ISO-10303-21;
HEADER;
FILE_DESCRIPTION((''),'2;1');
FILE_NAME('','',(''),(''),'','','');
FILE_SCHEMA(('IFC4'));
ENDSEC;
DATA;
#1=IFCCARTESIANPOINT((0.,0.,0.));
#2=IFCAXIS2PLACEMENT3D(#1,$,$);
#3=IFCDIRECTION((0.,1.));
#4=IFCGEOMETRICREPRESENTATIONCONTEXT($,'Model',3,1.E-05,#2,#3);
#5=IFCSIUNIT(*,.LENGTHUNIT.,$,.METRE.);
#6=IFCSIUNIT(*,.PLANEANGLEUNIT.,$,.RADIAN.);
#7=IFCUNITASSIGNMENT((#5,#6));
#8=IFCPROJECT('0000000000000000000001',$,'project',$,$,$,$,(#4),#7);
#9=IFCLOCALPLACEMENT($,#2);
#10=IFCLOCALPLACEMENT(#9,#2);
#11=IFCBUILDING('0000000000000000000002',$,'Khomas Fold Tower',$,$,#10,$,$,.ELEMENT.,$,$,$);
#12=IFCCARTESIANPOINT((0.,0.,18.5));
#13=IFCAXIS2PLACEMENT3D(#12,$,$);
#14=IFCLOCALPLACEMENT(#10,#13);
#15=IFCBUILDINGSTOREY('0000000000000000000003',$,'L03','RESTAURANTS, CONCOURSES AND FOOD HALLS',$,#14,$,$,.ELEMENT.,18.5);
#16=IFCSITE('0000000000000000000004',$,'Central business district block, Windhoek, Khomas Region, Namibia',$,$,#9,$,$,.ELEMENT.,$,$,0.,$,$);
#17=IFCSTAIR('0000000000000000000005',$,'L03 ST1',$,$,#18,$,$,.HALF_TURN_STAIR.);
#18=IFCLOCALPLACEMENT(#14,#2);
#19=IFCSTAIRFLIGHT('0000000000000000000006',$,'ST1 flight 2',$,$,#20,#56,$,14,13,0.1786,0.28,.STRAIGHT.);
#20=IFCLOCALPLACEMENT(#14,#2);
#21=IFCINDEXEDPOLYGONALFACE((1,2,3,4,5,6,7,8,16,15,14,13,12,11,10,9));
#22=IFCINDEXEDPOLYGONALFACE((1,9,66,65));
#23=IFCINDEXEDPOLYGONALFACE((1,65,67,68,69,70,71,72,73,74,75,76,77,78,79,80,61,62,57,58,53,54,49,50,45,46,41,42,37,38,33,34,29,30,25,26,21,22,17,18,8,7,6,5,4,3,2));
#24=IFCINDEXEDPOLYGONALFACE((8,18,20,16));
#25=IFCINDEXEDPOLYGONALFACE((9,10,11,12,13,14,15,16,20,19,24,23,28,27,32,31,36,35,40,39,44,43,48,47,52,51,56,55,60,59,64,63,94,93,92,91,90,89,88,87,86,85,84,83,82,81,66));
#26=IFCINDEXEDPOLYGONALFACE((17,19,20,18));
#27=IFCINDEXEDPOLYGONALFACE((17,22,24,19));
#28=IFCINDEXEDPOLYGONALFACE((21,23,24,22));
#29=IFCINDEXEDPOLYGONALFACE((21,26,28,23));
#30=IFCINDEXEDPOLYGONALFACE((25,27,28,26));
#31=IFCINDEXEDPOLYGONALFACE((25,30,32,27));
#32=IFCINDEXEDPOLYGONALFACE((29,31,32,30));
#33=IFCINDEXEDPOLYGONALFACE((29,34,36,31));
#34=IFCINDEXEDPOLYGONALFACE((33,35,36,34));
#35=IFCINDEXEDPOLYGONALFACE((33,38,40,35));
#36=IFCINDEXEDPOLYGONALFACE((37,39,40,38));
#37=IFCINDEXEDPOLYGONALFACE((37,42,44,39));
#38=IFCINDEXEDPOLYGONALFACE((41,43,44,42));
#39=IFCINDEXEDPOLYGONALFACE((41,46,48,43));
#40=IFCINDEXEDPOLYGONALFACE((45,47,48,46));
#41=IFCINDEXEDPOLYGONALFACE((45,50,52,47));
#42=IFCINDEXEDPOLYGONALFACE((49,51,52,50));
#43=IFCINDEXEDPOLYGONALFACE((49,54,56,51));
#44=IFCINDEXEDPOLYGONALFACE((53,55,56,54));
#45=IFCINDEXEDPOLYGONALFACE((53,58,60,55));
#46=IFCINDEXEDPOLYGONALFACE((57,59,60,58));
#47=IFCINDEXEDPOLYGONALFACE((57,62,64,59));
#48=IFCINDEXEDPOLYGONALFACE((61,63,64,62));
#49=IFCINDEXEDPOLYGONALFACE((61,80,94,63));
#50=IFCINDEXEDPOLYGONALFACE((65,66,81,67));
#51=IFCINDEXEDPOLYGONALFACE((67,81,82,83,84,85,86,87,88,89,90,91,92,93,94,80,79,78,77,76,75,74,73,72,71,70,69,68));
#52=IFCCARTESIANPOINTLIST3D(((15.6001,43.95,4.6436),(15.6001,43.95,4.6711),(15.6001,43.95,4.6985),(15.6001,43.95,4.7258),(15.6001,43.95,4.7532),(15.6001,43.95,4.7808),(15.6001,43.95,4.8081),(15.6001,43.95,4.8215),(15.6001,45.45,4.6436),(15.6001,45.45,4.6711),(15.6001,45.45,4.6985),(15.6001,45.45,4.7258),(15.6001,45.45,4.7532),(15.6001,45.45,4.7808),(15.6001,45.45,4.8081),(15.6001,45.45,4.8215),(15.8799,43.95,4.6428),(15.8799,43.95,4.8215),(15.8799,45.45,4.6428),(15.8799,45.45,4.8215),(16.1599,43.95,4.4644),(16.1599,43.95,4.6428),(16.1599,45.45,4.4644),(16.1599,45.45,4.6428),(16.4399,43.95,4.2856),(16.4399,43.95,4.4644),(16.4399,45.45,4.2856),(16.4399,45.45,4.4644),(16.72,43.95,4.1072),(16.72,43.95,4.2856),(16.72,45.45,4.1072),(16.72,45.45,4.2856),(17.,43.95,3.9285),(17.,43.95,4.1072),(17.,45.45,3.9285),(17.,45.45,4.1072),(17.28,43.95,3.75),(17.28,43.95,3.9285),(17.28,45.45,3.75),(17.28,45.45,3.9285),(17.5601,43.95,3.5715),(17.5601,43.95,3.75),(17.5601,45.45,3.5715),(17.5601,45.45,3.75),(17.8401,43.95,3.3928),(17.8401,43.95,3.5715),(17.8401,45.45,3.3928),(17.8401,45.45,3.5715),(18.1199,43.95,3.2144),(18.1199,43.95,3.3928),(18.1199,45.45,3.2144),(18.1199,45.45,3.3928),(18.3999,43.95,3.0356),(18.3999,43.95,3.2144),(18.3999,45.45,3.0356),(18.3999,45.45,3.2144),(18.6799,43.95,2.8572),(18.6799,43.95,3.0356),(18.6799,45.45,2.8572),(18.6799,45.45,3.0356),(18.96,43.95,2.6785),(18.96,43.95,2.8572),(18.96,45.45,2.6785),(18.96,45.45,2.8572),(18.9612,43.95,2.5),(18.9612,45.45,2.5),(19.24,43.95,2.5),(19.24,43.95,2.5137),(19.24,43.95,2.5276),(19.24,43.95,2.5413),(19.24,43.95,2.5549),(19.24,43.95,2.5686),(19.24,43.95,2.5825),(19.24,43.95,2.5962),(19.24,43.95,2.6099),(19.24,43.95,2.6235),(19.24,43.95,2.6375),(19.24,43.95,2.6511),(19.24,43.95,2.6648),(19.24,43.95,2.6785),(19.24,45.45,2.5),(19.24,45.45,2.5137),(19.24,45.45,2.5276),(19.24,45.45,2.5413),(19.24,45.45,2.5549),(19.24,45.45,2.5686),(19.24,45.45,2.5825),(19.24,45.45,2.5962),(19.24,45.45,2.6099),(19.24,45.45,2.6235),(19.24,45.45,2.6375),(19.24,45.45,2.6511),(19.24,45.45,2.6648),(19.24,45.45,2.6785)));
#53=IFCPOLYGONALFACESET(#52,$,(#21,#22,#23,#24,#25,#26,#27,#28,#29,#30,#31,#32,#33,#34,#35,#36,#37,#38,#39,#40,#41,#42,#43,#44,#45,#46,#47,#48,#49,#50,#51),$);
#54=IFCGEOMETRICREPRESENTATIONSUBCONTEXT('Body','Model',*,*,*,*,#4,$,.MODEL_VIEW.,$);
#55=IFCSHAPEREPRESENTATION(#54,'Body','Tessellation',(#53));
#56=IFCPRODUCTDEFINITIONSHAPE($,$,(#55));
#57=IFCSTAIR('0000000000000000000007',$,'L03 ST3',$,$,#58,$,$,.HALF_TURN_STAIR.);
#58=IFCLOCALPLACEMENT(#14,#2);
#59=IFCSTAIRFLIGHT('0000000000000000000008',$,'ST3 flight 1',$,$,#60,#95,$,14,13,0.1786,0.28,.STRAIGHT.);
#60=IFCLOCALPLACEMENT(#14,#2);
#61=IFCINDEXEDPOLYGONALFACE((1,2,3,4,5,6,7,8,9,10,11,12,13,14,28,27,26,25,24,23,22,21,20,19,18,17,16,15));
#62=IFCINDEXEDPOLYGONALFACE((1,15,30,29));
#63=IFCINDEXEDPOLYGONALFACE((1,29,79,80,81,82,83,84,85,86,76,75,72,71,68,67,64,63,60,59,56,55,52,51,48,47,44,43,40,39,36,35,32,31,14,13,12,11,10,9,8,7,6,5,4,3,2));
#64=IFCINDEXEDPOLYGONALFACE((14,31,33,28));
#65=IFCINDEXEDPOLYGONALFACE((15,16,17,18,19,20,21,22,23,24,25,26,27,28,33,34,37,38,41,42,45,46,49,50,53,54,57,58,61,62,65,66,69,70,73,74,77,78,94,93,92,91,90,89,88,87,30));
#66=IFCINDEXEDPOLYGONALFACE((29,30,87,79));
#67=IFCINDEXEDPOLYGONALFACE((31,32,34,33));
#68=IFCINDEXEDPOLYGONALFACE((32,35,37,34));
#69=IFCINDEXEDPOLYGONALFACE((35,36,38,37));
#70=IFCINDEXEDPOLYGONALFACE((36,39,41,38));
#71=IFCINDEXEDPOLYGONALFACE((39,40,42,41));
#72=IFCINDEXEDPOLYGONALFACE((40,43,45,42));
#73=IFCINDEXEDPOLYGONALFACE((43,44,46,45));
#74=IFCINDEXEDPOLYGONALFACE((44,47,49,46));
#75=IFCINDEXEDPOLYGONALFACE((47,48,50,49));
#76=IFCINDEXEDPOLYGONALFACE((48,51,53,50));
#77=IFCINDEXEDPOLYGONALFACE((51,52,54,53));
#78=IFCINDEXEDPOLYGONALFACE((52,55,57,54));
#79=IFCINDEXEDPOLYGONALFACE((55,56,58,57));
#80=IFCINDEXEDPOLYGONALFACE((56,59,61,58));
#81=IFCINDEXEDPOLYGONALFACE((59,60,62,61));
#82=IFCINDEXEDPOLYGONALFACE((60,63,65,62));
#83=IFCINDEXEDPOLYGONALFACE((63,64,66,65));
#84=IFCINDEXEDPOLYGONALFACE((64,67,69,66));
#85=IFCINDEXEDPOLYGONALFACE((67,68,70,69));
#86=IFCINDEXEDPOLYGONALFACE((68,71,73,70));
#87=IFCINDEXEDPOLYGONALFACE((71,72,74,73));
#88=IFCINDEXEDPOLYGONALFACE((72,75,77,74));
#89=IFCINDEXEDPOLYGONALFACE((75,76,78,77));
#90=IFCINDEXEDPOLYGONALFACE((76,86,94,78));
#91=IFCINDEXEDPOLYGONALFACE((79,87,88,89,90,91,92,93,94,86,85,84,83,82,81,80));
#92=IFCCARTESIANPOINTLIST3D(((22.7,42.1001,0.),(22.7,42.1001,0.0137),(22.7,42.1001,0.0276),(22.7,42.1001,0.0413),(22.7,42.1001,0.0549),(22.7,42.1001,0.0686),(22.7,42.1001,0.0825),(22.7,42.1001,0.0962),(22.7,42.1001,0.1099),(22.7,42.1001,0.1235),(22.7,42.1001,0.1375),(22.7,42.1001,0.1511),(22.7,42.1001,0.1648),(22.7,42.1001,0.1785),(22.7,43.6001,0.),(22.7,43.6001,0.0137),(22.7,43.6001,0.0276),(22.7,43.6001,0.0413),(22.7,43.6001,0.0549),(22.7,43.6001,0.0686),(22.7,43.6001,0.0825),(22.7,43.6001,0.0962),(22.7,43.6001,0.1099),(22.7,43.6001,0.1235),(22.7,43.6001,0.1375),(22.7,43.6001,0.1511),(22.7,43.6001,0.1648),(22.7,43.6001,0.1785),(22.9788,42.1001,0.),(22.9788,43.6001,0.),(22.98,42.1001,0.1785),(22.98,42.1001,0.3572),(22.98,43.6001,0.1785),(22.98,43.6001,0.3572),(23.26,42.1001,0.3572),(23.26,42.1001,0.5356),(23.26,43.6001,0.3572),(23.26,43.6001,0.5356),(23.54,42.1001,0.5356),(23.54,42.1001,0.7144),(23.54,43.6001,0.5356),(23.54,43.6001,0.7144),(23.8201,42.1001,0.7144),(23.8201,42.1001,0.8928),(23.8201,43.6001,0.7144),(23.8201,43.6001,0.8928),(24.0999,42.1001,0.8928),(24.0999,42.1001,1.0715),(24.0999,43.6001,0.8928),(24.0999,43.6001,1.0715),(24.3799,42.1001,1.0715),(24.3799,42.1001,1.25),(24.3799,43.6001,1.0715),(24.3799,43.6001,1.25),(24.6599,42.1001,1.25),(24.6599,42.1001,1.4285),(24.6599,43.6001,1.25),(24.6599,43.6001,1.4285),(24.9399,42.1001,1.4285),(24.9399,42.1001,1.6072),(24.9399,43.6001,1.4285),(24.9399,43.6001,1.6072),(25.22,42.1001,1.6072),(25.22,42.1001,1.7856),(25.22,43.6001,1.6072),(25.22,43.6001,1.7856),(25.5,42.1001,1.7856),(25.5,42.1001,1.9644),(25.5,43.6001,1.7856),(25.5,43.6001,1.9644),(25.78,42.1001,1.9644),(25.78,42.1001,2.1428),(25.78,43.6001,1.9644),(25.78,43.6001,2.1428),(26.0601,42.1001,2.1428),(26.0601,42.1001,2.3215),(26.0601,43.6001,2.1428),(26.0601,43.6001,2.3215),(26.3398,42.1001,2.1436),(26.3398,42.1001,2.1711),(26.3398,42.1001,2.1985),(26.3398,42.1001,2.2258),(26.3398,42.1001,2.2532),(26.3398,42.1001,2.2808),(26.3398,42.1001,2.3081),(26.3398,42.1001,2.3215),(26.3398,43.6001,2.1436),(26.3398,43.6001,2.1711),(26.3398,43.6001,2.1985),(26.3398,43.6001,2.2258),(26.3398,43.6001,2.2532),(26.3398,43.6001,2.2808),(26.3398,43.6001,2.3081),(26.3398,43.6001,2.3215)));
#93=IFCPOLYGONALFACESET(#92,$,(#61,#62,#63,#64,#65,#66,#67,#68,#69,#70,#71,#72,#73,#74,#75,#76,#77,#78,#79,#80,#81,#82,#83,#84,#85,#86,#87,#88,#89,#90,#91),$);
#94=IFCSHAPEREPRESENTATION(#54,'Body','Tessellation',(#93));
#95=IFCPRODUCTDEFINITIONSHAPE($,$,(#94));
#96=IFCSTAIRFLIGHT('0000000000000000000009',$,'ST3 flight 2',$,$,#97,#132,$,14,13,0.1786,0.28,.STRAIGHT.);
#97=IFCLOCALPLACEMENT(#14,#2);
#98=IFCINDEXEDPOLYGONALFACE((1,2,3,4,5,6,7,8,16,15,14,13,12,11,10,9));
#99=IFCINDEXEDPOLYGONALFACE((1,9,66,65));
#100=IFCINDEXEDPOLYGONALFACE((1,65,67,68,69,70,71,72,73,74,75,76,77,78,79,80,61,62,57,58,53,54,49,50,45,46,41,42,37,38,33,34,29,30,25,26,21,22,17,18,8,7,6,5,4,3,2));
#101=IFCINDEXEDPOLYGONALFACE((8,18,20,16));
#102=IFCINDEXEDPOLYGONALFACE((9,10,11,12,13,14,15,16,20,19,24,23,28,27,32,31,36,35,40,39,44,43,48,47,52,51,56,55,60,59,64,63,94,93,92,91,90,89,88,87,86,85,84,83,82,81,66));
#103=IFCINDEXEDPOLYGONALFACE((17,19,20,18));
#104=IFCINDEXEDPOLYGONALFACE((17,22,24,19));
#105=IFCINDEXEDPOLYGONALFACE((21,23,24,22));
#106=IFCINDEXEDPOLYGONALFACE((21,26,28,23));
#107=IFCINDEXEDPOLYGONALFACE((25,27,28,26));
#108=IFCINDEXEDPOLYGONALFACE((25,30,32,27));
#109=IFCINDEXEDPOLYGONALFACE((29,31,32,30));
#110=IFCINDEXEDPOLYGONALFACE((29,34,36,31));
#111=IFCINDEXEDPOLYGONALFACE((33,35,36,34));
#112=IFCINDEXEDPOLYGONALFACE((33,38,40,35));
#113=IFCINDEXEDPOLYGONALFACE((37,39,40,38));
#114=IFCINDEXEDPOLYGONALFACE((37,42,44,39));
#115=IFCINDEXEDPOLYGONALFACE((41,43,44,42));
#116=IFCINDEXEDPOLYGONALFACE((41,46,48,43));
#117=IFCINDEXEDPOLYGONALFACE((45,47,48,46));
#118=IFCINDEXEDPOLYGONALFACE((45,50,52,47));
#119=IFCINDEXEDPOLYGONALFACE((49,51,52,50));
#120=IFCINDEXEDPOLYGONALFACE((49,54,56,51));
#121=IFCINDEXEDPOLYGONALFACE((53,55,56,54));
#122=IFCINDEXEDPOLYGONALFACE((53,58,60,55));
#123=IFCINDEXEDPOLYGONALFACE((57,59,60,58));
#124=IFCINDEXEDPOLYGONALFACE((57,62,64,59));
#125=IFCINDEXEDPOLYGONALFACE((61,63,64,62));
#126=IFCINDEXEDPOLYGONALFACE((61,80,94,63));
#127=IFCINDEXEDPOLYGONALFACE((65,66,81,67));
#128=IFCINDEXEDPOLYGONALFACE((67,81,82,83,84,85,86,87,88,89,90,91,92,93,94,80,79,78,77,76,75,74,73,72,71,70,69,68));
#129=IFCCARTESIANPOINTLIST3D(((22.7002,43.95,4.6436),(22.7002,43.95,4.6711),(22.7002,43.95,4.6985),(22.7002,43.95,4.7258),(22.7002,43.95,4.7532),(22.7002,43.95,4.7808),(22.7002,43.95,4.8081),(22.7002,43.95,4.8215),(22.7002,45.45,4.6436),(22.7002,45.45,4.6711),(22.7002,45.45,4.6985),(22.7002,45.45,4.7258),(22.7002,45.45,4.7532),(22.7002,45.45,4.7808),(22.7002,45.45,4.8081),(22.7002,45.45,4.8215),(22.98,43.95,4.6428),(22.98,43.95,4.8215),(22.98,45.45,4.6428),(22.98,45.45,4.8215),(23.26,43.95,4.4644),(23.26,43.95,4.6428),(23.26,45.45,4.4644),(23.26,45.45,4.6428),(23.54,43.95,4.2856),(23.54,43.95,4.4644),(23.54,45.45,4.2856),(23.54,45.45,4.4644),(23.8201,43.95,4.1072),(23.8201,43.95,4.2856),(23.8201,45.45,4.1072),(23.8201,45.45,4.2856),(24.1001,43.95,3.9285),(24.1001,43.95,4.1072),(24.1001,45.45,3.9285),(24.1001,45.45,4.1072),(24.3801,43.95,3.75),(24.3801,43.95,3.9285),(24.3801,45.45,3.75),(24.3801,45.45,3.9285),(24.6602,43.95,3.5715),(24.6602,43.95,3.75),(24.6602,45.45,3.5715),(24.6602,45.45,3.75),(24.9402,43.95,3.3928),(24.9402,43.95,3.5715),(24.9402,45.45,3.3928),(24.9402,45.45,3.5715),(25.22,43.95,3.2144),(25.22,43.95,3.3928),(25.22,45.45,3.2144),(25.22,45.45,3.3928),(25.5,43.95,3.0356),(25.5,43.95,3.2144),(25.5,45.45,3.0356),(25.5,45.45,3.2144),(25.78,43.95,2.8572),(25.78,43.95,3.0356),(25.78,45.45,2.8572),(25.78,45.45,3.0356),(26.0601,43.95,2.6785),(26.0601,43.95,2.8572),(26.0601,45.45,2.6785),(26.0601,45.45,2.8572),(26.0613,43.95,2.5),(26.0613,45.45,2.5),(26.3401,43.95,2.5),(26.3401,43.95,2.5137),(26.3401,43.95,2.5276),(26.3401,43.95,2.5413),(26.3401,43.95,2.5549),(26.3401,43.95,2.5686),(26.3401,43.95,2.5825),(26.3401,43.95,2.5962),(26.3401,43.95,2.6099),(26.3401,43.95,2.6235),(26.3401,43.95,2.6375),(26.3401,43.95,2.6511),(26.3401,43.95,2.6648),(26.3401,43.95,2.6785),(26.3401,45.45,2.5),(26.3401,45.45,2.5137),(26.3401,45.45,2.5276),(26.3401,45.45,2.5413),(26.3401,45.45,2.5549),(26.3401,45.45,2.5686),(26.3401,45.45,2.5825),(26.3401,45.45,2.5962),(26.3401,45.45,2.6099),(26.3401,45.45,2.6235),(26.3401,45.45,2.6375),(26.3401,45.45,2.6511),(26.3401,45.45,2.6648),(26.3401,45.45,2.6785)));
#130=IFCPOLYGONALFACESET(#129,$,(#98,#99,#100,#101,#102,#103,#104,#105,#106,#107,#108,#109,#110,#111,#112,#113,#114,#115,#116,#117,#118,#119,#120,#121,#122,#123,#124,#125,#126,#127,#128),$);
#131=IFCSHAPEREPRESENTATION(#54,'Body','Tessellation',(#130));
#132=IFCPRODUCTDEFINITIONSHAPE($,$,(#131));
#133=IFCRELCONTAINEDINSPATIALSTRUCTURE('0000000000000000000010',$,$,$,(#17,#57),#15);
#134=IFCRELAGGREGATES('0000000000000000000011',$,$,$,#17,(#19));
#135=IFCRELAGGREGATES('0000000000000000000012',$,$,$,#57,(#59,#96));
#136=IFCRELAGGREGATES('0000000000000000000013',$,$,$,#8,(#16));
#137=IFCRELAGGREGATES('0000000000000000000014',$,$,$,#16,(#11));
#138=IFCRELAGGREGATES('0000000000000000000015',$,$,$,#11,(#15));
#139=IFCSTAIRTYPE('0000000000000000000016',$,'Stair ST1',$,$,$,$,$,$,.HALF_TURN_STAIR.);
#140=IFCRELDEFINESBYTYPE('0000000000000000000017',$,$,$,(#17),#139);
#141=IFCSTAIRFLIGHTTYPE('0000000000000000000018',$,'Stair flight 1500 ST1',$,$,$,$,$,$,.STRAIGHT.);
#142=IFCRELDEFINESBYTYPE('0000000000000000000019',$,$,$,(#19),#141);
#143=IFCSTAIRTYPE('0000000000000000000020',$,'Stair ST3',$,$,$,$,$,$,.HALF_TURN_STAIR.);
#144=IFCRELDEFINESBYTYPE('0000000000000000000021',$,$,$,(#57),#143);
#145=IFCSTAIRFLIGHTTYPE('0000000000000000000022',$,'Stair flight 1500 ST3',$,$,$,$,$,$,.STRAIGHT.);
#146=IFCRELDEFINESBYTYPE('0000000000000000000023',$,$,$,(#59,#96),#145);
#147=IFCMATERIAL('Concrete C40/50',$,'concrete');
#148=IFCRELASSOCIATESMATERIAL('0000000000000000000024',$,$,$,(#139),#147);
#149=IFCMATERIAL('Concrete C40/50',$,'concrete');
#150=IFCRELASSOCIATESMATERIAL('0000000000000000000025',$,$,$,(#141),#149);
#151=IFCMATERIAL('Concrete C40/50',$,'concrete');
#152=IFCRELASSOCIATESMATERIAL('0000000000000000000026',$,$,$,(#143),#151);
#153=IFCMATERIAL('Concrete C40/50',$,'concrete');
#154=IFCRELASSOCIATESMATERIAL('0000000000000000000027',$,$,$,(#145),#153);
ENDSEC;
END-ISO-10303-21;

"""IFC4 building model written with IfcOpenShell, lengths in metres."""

from ifc_helpers import new_model, si_unit, direction, frame, origin, place, context, subcontext, project, spatial, polyline, outline, extrude, source, transform, mapped, material, type_object, element, aggregate, save


model = new_model("IFC4")

# Units and contexts
model_context = context("Model", 3, precision=1e-05, world=origin(), true_north=direction((0.0, 1.0)))
body_context = subcontext(model_context, "Body", "Model", "MODEL_VIEW")
ifc_project = project(units=[si_unit("LENGTHUNIT", "METRE"), si_unit("PLANEANGLEUNIT", "RADIAN")], contexts=[model_context])

# Site, building, storey
site_placement = place(None, origin())
site = spatial("IfcSite", under=ifc_project, at=site_placement, Name="Central business district block, Windhoek, Khomas Region, Namibia", CompositionType="ELEMENT", RefElevation=0.0)
building_placement = place(site_placement, origin())
building = spatial("IfcBuilding", under=site, at=building_placement, Name="Khomas Fold Tower", CompositionType="ELEMENT")
storey_placement = place(building_placement, frame((0.0, 0.0, 18.5)))
storey = spatial("IfcBuildingStorey", under=building, at=storey_placement, Name="L03", Description="RESTAURANTS, CONCOURSES AND FOOD HALLS", CompositionType="ELEMENT", Elevation=18.5)

# Stair, stair flight
ifc_material_1 = material(Name="Concrete C40/50", Category="concrete")
stair_type_1 = type_object("IfcStairType", Name="Stair ST1", PredefinedType="HALF_TURN_STAIR", material=ifc_material_1)
stair_1_placement = place(storey_placement, origin())
stair_1 = element("IfcStair", 1, at=stair_1_placement, inside=storey, type_object=stair_type_1, Name="L03 ST1", PredefinedType="HALF_TURN_STAIR")
ifc_material_2 = material(Name="Concrete C40/50", Category="concrete")
stair_flight_type_1 = type_object("IfcStairFlightType", Name="Stair flight 1500 ST1", PredefinedType="STRAIGHT", material=ifc_material_2)
shared_shape_1 = source(origin(), body_context, "Body", "SweptSolid", [
    extrude(outline(polyline([(0.0, 0.0), (0.0, 0.0137), (0.0, 0.0276), (0.0, 0.0413), (0.0, 0.0549), (0.0, 0.0686), (0.0, 0.0825), (0.0, 0.0962), (0.0, 0.1099), (0.0, 0.1235), (0.0, 0.1375), (0.0, 0.1511), (0.0, 0.1648), (0.0, 0.1785), (0.28, 0.1785), (0.28, 0.3572), (0.5601, 0.3572), (0.5601, 0.5356), (0.8401, 0.5356), (0.8401, 0.7144), (1.1201, 0.7144), (1.1201, 0.8928), (1.3999, 0.8928), (1.3999, 1.0715), (1.6799, 1.0715), (1.6799, 1.25), (1.96, 1.25), (1.96, 1.4285), (2.24, 1.4285), (2.24, 1.6072), (2.52, 1.6072), (2.52, 1.7856), (2.8, 1.7856), (2.8, 1.9644), (3.0801, 1.9644), (3.0801, 2.1428), (3.3601, 2.1428), (3.3601, 2.3215), (3.6399, 2.3215), (3.6399, 2.5), (3.6399, 2.4727), (3.6399, 2.4451), (3.6399, 2.4177), (3.6399, 2.3904), (3.6399, 2.363), (3.6399, 2.3354), (3.6399, 2.3081), (3.6399, 2.2808), (3.6399, 2.2532), (3.6399, 2.2258), (3.6399, 2.1985), (3.6399, 2.1711), (3.6399, 2.1436), (0.2788, 0.0), (0.0, 0.0)])), frame((0.0, 0.75, 0.0), z_axis=(0.0, -1.0, 0.0), x_axis=(1.0, 0.0, 0.0)), (0.0, 0.0, 1.0), 1.5),
])
stair_flight_1_placement = place(storey_placement, frame((19.24, 44.7, 2.5), z_axis=(0.0, 0.0, 1.0), x_axis=(-1.0, 0.0, 0.0)))
stair_flight_1 = element("IfcStairFlight", 2, at=stair_flight_1_placement, type_object=stair_flight_type_1, Name="ST1 flight 2", NumberOfRisers=14, NumberOfTreads=13, PredefinedType="STRAIGHT", RiserHeight=0.1786, TreadLength=0.28, context=body_context, shape_type="MappedRepresentation", body=[
    mapped(shared_shape_1, transform((0.0, 0.0, 0.0))),
])
aggregate(stair_1, [stair_flight_1])

# Stair, stair flights
ifc_material_3 = material(Name="Concrete C40/50", Category="concrete")
stair_type_2 = type_object("IfcStairType", Name="Stair ST3", PredefinedType="HALF_TURN_STAIR", material=ifc_material_3)
stair_2_placement = place(storey_placement, origin())
stair_2 = element("IfcStair", 3, at=stair_2_placement, inside=storey, type_object=stair_type_2, Name="L03 ST3", PredefinedType="HALF_TURN_STAIR")
ifc_material_4 = material(Name="Concrete C40/50", Category="concrete")
stair_flight_type_2 = type_object("IfcStairFlightType", Name="Stair flight 1500 ST3", PredefinedType="STRAIGHT", material=ifc_material_4)
stair_flight_2_placement = place(storey_placement, frame((22.7, 42.8501, 0.0), z_axis=(0.0, 0.0, 1.0), x_axis=(1.0, 0.0, 0.0)))
stair_flight_2 = element("IfcStairFlight", 4, at=stair_flight_2_placement, type_object=stair_flight_type_2, Name="ST3 flight 1", NumberOfRisers=14, NumberOfTreads=13, PredefinedType="STRAIGHT", RiserHeight=0.1786, TreadLength=0.28, context=body_context, shape_type="MappedRepresentation", body=[
    mapped(shared_shape_1, transform((0.0, 0.0, 0.0))),
])
stair_flight_3_placement = place(storey_placement, frame((26.3401, 44.7, 2.5), z_axis=(0.0, 0.0, 1.0), x_axis=(-1.0, 0.0, 0.0)))
stair_flight_3 = element("IfcStairFlight", 5, at=stair_flight_3_placement, type_object=stair_flight_type_2, Name="ST3 flight 2", NumberOfRisers=14, NumberOfTreads=13, PredefinedType="STRAIGHT", RiserHeight=0.1786, TreadLength=0.28, context=body_context, shape_type="MappedRepresentation", body=[
    mapped(shared_shape_1, transform((0.0, 0.0, 0.0))),
])
aggregate(stair_2, [stair_flight_2, stair_flight_3])

save(model, "model.ifc")
